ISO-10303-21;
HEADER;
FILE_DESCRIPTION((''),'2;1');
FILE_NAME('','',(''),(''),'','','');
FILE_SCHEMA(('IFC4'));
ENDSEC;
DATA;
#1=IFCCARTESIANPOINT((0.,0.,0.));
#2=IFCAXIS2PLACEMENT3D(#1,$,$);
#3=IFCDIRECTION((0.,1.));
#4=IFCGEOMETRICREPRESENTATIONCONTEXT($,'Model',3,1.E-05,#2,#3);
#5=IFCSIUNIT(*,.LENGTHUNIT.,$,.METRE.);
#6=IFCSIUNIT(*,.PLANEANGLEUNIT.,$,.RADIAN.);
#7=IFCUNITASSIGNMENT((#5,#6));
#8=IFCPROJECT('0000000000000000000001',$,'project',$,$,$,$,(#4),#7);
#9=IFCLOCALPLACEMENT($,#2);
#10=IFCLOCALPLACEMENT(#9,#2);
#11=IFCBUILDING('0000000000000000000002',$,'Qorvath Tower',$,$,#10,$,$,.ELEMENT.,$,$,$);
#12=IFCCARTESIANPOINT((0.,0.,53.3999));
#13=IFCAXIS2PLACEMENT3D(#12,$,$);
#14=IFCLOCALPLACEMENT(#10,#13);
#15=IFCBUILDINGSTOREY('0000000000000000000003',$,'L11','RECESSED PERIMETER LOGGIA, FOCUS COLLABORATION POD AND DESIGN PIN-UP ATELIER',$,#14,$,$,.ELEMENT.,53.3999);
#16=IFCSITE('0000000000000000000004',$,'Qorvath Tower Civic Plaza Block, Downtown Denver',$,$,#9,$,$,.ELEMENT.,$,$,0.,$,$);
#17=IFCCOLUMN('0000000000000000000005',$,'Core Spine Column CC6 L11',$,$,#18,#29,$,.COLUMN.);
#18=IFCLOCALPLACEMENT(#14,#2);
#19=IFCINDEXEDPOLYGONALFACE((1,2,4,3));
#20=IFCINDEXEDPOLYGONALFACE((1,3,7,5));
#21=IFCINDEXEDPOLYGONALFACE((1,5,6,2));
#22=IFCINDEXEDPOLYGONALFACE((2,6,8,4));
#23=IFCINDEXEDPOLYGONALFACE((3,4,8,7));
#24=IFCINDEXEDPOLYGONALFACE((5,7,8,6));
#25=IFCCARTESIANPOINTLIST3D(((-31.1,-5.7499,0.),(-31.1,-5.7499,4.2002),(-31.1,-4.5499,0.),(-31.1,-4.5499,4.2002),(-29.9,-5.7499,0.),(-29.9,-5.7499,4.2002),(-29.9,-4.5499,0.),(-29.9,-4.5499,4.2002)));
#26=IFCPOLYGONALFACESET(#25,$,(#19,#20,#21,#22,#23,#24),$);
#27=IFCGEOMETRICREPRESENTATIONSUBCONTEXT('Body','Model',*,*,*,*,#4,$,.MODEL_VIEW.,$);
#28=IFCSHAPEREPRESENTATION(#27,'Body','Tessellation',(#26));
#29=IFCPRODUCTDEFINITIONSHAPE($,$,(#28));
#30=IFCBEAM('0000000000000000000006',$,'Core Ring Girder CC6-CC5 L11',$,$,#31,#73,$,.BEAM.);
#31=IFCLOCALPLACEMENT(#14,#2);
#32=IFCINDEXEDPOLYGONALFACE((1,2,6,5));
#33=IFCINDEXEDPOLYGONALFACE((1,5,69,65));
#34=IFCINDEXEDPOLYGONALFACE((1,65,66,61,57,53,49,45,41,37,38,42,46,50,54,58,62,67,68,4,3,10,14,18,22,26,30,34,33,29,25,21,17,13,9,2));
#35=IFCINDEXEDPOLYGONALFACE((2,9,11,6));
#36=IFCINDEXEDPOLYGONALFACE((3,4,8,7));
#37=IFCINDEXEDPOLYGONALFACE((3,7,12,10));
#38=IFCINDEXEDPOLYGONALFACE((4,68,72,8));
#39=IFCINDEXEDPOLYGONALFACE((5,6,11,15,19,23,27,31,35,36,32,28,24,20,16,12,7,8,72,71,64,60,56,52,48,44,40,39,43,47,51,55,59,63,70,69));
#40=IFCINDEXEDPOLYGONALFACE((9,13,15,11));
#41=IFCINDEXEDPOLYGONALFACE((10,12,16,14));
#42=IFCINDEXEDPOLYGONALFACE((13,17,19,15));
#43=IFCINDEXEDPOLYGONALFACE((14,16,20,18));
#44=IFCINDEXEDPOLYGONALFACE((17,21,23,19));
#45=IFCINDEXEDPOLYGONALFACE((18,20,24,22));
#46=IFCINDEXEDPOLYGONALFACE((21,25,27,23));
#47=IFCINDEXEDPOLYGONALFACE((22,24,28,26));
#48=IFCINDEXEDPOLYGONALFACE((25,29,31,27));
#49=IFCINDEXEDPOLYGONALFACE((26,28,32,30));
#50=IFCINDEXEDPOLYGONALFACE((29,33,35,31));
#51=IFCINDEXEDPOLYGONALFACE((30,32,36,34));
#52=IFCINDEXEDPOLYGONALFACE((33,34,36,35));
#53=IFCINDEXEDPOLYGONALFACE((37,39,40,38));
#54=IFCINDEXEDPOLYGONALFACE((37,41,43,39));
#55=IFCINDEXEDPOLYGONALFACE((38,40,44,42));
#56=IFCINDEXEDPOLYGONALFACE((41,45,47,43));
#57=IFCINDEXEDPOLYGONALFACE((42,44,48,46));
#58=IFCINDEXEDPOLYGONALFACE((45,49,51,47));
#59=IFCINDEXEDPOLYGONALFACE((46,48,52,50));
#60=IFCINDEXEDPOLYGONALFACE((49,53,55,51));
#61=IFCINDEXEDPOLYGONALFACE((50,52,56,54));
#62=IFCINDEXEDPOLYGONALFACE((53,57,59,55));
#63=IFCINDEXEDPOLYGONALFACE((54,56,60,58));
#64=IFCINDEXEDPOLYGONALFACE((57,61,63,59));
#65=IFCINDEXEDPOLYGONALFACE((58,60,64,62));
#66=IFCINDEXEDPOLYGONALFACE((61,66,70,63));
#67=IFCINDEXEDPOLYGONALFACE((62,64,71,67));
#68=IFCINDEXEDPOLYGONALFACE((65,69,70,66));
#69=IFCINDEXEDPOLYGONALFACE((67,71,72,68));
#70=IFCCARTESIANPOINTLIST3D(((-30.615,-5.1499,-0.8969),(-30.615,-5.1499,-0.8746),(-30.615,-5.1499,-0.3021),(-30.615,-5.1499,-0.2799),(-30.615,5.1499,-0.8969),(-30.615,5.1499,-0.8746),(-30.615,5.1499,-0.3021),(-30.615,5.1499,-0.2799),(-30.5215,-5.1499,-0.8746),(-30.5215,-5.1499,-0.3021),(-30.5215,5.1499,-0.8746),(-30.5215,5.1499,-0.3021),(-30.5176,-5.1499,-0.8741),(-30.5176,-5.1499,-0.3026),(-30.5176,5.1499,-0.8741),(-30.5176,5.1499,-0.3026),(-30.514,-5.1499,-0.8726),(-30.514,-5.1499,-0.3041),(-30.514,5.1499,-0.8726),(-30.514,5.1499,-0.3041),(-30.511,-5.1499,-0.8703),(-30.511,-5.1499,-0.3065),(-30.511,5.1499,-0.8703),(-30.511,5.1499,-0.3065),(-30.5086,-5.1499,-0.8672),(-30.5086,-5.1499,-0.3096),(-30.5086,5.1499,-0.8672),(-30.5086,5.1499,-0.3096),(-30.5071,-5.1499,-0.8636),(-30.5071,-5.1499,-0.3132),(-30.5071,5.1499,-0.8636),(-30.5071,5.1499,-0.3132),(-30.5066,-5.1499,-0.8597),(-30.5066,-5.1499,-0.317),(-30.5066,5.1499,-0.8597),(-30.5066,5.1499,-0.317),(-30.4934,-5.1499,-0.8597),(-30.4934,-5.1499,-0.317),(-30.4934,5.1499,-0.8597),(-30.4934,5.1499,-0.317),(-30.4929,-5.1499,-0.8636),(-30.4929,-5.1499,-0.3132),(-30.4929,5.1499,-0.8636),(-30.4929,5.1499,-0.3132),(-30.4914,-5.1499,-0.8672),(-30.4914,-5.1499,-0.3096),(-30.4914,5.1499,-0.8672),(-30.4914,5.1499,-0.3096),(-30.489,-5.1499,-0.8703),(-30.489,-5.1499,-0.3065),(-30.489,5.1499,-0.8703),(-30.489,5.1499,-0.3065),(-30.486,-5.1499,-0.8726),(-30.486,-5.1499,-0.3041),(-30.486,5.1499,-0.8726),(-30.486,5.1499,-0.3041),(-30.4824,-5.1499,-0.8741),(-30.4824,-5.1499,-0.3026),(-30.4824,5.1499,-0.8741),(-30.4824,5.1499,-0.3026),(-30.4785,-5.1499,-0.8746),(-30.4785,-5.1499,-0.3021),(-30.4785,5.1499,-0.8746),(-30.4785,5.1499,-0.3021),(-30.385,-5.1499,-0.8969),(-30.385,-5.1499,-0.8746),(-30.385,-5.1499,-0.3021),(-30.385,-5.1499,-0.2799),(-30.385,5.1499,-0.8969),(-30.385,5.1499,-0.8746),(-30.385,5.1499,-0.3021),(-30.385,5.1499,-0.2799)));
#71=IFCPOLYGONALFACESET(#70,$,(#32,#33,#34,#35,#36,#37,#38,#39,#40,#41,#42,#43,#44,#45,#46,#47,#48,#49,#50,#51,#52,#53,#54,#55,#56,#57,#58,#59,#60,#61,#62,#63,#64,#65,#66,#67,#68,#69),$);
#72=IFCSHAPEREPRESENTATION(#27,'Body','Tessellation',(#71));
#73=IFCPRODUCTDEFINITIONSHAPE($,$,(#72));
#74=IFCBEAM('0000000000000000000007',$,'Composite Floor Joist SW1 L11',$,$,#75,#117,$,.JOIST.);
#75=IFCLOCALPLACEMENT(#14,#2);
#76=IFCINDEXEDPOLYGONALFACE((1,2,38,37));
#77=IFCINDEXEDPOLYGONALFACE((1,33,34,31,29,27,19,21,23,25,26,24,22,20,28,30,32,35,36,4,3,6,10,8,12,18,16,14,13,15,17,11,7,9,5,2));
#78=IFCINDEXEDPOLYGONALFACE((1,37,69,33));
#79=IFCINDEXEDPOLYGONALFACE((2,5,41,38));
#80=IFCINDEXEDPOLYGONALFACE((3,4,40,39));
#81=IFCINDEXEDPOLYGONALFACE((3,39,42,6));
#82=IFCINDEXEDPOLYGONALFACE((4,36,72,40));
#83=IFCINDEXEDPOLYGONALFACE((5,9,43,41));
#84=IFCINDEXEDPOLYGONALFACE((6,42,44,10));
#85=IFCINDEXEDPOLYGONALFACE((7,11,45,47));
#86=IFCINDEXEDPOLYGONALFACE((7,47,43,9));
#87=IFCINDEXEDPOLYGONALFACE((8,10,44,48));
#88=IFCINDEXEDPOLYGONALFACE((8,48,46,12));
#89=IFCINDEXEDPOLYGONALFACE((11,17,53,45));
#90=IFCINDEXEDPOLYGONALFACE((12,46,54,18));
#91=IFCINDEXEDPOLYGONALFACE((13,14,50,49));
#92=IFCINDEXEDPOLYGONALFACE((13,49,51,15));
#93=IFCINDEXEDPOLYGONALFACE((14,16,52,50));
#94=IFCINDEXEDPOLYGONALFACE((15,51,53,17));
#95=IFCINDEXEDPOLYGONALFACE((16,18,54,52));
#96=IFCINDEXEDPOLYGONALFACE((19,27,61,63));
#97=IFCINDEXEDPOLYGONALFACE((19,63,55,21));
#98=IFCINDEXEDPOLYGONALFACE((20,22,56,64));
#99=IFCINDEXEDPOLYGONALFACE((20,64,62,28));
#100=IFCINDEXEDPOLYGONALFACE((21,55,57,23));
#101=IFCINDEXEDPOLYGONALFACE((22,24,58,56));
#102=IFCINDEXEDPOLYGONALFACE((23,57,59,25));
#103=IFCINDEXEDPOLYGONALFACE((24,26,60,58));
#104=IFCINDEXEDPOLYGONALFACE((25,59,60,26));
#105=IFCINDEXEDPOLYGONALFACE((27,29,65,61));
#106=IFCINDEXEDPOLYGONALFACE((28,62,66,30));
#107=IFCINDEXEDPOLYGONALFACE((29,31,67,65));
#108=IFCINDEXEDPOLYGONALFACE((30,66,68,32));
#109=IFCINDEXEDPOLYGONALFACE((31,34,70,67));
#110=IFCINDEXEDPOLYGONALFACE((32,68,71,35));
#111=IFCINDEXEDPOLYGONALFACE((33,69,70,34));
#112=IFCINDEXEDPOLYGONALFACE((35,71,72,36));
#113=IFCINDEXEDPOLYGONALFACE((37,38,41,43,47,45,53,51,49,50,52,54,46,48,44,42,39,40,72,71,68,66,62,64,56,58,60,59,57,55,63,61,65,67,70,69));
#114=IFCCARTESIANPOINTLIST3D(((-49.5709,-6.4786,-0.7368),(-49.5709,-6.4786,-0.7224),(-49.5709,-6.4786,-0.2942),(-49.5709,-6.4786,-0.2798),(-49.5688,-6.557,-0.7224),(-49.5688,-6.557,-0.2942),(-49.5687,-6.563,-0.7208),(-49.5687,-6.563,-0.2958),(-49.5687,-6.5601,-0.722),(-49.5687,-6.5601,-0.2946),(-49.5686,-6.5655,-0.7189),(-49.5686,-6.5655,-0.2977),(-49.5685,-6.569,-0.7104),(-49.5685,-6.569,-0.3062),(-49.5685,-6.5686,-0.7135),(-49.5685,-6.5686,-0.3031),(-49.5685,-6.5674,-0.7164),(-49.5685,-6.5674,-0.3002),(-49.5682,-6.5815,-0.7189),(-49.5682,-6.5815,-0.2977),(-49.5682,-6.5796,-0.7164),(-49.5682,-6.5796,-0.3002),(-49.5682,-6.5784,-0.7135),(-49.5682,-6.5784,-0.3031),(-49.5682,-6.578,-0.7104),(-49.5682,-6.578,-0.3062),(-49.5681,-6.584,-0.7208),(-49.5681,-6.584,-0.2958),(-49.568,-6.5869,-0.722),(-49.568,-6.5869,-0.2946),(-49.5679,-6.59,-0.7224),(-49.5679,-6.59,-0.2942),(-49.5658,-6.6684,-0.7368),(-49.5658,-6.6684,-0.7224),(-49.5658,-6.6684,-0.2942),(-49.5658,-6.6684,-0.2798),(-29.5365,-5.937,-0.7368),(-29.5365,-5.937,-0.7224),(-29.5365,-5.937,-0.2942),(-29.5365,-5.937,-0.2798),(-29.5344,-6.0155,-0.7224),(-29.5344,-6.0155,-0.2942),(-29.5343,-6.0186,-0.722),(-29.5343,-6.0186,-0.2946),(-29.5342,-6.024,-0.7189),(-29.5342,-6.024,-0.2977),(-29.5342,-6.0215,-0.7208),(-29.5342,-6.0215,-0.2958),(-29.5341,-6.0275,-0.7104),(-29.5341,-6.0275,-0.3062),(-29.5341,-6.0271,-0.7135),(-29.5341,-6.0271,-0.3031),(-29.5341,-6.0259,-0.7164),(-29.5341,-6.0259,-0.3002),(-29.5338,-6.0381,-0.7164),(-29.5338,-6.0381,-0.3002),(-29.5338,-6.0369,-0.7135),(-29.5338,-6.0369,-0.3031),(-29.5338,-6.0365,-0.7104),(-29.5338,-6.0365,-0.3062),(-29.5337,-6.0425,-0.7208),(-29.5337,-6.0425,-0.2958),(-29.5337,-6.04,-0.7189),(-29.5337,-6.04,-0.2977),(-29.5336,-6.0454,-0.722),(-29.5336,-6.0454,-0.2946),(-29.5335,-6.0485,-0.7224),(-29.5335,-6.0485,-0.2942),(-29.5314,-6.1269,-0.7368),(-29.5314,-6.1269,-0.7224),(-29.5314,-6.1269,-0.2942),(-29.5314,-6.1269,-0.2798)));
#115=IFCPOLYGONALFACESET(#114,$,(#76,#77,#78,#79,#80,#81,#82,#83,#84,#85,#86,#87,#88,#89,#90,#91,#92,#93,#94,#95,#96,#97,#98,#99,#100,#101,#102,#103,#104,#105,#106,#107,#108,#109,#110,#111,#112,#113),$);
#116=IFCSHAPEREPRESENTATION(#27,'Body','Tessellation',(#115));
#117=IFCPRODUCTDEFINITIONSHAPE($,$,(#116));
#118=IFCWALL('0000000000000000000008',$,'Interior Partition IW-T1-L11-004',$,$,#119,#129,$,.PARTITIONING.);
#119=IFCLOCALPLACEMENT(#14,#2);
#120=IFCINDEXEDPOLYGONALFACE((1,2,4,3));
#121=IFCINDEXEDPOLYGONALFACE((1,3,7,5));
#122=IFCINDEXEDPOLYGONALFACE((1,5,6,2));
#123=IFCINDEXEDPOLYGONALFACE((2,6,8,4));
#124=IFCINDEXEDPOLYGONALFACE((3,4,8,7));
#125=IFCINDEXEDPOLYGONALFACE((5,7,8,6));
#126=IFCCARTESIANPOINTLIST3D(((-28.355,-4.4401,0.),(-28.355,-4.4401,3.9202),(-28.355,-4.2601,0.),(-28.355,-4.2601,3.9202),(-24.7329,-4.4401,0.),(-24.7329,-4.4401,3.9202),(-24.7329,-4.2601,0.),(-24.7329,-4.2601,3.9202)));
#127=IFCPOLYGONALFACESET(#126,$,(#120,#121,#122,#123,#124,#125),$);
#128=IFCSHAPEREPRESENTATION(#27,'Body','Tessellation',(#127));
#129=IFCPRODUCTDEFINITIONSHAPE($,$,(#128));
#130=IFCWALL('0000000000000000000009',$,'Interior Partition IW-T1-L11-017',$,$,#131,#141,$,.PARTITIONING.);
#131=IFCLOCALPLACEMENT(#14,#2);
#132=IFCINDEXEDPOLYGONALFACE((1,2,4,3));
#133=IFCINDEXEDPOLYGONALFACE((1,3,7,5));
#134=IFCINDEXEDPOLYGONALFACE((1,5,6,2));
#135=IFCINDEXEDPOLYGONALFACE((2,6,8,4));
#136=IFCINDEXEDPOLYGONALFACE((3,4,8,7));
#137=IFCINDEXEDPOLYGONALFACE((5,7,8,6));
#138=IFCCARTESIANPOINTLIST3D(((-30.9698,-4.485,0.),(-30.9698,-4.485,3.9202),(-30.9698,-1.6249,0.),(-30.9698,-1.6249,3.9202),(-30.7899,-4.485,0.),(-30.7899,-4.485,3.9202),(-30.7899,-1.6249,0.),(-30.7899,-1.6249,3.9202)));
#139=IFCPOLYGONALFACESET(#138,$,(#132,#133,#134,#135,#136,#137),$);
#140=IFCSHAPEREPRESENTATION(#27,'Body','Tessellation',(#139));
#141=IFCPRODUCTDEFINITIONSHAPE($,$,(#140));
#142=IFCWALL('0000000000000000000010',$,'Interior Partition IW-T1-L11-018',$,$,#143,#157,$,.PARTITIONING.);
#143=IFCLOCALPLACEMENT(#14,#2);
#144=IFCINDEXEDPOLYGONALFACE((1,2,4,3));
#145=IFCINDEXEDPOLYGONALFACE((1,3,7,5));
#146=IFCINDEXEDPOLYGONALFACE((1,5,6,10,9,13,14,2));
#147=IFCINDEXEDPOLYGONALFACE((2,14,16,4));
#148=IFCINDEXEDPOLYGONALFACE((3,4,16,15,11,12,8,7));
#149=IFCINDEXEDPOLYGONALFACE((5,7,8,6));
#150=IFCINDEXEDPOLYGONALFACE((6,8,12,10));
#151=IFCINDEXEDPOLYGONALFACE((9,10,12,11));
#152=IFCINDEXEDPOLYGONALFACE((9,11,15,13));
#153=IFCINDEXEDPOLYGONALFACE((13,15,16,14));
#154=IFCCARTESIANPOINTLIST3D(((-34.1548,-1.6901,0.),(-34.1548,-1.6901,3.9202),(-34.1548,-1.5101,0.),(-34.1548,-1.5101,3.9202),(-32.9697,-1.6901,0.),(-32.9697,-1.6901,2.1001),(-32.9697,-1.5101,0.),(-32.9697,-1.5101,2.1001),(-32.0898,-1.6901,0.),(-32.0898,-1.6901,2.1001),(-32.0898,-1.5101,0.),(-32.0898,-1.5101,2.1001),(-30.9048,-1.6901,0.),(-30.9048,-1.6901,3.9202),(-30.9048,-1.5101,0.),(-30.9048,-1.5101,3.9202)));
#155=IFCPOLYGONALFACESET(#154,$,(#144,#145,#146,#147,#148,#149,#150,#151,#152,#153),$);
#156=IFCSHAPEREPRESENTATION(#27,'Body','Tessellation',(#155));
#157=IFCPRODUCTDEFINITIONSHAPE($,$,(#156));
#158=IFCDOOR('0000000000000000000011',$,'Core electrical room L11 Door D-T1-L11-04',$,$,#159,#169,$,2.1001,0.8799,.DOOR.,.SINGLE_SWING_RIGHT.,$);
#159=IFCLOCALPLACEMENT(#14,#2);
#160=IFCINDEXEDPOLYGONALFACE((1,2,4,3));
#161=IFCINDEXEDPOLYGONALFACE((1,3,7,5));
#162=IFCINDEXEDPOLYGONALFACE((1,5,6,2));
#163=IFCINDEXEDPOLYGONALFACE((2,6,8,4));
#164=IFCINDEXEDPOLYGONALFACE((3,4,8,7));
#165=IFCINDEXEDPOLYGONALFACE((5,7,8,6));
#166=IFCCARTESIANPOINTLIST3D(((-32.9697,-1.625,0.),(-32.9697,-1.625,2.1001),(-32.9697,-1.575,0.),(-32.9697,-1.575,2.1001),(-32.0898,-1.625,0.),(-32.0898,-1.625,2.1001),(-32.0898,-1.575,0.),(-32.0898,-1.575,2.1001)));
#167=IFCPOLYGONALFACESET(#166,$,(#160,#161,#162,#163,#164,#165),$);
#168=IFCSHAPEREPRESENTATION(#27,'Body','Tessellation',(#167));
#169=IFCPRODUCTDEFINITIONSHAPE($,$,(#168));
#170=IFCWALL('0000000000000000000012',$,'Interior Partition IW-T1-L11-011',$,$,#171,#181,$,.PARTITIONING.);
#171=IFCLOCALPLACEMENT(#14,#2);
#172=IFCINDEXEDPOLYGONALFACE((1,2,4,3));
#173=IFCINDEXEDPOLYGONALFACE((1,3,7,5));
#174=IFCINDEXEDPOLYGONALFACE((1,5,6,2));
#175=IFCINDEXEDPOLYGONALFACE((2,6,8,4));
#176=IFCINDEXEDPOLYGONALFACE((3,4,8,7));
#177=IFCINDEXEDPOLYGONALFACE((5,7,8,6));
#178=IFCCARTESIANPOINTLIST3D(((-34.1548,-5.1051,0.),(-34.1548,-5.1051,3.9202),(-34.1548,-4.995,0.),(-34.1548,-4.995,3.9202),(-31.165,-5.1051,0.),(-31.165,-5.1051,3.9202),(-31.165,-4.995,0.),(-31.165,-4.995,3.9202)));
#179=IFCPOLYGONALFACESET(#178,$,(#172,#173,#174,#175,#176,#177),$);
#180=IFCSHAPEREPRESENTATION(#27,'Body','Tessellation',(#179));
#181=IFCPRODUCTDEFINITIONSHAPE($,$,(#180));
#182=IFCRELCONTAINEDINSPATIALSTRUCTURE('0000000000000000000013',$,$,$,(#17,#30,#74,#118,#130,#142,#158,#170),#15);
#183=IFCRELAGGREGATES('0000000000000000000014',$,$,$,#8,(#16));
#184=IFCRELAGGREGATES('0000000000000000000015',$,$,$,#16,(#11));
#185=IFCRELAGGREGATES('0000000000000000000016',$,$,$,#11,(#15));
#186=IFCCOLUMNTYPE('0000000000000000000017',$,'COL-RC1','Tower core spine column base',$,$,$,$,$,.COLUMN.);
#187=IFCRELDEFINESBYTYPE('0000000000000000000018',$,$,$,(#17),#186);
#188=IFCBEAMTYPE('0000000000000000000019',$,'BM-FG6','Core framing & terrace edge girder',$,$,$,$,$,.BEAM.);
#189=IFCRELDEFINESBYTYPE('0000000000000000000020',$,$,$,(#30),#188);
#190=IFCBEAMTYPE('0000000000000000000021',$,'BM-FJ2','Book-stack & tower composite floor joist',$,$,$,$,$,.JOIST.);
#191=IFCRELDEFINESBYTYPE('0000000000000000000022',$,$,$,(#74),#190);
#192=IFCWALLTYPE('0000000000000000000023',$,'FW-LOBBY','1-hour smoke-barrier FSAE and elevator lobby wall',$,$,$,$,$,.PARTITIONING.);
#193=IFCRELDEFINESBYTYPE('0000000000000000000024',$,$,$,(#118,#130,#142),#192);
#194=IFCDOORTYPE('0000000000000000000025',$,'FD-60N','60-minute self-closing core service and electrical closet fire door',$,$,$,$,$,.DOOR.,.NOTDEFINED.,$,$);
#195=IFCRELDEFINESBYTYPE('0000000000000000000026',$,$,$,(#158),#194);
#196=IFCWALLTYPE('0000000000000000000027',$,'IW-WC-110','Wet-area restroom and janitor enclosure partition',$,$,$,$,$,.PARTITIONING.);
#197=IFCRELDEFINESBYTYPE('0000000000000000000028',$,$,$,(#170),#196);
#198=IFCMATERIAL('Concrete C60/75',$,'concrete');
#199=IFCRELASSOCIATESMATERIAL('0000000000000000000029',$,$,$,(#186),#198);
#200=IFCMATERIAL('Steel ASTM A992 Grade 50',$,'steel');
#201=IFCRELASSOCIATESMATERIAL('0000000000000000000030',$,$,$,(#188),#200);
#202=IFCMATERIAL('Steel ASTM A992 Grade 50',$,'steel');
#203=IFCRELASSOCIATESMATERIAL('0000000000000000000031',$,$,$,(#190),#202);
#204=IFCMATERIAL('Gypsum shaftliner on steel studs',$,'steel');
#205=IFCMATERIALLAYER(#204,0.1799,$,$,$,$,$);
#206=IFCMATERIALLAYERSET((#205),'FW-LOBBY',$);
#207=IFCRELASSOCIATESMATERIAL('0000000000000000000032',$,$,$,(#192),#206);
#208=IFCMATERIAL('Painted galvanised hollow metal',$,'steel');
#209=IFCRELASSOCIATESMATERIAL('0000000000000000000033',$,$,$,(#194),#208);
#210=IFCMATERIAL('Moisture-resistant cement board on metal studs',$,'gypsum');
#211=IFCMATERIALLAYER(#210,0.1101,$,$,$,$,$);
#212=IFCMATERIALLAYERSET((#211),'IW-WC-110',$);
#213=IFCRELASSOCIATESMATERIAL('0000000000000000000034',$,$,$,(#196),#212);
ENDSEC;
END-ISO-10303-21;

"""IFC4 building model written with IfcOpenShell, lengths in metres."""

from ifc_helpers import new_model, si_unit, direction, frame, frame_2d, origin, origin_2d, place, context, subcontext, project, spatial, rectangle, i_section, extrude, material, layer, layer_set, material_profile, profile_set, type_object, element, fill, save


model = new_model("IFC4")

# Units and contexts
model_context = context("Model", 3, precision=1e-05, world=origin(), true_north=direction((0.0, 1.0)))
body_context = subcontext(model_context, "Body", "Model", "MODEL_VIEW")
ifc_project = project(units=[si_unit("LENGTHUNIT", "METRE"), si_unit("PLANEANGLEUNIT", "RADIAN")], contexts=[model_context])

# Site, building, storey
site_placement = place(None, origin())
site = spatial("IfcSite", under=ifc_project, at=site_placement, Name="Qorvath Tower Civic Plaza Block, Downtown Denver", CompositionType="ELEMENT", RefElevation=0.0)
building_placement = place(site_placement, origin())
building = spatial("IfcBuilding", under=site, at=building_placement, Name="Qorvath Tower", CompositionType="ELEMENT")
storey_placement = place(building_placement, frame((0.0, 0.0, 53.3999)))
storey = spatial("IfcBuildingStorey", under=building, at=storey_placement, Name="L11", Description="RECESSED PERIMETER LOGGIA, FOCUS COLLABORATION POD AND DESIGN PIN-UP ATELIER", CompositionType="ELEMENT", Elevation=53.3999)

# Column
ifc_material_1 = material(Name="Concrete C60/75", Category="concrete")
ifc_material_profile_1 = material_profile(ifc_material_1, rectangle(XDim=1.2, YDim=1.2, at=origin_2d()), Name="RC 1200x1200")
ifc_profile_set_1 = profile_set([ifc_material_profile_1], Name="Concrete C60/75")
column_type = type_object("IfcColumnType", Name="COL-RC1", Description="Tower core spine column base", PredefinedType="COLUMN", material=ifc_profile_set_1)
column_placement = place(storey_placement, frame((-30.5, -5.1499, 0.0), z_axis=(0.0, 0.0, 1.0), x_axis=(1.0, 0.0, 0.0)))
element("IfcColumn", 1, at=column_placement, inside=storey, type_object=column_type, Name="Core Spine Column CC6 L11", PredefinedType="COLUMN", context=body_context, shape_type="SweptSolid", body=[
    extrude(rectangle(XDim=1.2, YDim=1.2, at=origin_2d()), origin(), (0.0, 0.0, 1.0), 4.2002),
])

# Beams
ifc_material_2 = material(Name="Steel ASTM A992 Grade 50", Category="steel")
ifc_material_profile_2 = material_profile(ifc_material_2, i_section(OverallWidth=0.23, OverallDepth=0.6169, WebThickness=0.0132, FlangeThickness=0.0222, FilletRadius=0.0149, at=origin_2d()), Name="W24x94")
ifc_profile_set_2 = profile_set([ifc_material_profile_2], Name="Steel ASTM A992 Grade 50")
beam_type_1 = type_object("IfcBeamType", Name="BM-FG6", Description="Core framing & terrace edge girder", PredefinedType="BEAM", material=ifc_profile_set_2)
beam_1_placement = place(storey_placement, frame((-30.5, -5.1499, -0.5884), z_axis=(0.0, 1.0, 0.0), x_axis=(-1.0, 0.0, 0.0)))
element("IfcBeam", 2, at=beam_1_placement, inside=storey, type_object=beam_type_1, Name="Core Ring Girder CC6-CC5 L11", PredefinedType="BEAM", context=body_context, shape_type="SweptSolid", body=[
    extrude(i_section(OverallWidth=0.23, OverallDepth=0.6169, WebThickness=0.0132, FlangeThickness=0.0222, FilletRadius=0.0149, at=origin_2d()), origin(), (0.0, 0.0, 1.0), 10.2998),
])
ifc_material_3 = material(Name="Steel ASTM A992 Grade 50", Category="steel")
ifc_material_profile_3 = material_profile(ifc_material_3, i_section(OverallWidth=0.1899, OverallDepth=0.457, WebThickness=0.009, FlangeThickness=0.0144, FilletRadius=0.012, at=origin_2d()), Name="W18x50")
ifc_profile_set_3 = profile_set([ifc_material_profile_3], Name="Steel ASTM A992 Grade 50")
beam_type_2 = type_object("IfcBeamType", Name="BM-FJ2", Description="Book-stack & tower composite floor joist", PredefinedType="JOIST", material=ifc_profile_set_3)
beam_2_placement = place(storey_placement, frame((-29.5339, -6.032, -0.5083), z_axis=(-0.999635, -0.027019, 0.0), x_axis=(0.027019, -0.999635, 0.0)))
element("IfcBeam", 3, at=beam_2_placement, inside=storey, type_object=beam_type_2, Name="Composite Floor Joist SW1 L11", PredefinedType="JOIST", context=body_context, shape_type="SweptSolid", body=[
    extrude(i_section(OverallWidth=0.1899, OverallDepth=0.457, WebThickness=0.009, FlangeThickness=0.0144, FilletRadius=0.012, at=origin_2d()), origin(), (0.0, 0.0, 1.0), 20.0417),
])

# Walls
ifc_material_4 = material(Name="Gypsum shaftliner on steel studs", Category="steel")
ifc_layer_1 = layer(ifc_material_4, 0.1799)
ifc_layer_set_1 = layer_set([ifc_layer_1], Name="FW-LOBBY")
wall_type_1 = type_object("IfcWallType", Name="FW-LOBBY", Description="1-hour smoke-barrier FSAE and elevator lobby wall", PredefinedType="PARTITIONING", material=ifc_layer_set_1)
wall_1_placement = place(storey_placement, frame((-24.7329, -4.3501, 0.0), z_axis=(0.0, 0.0, 1.0), x_axis=(-1.0, 0.0, 0.0)))
element("IfcWall", 4, at=wall_1_placement, inside=storey, type_object=wall_type_1, Name="Interior Partition IW-T1-L11-004", PredefinedType="PARTITIONING", context=body_context, shape_type="SweptSolid", body=[
    extrude(rectangle(XDim=3.6221, YDim=0.1799, at=frame_2d((1.811, 0.0))), origin(), (0.0, 0.0, 1.0), 3.9202),
])
wall_2_placement = place(storey_placement, frame((-30.8799, -4.4851, 0.0), z_axis=(0.0, 0.0, 1.0), x_axis=(0.0, 1.0, 0.0)))
element("IfcWall", 5, at=wall_2_placement, inside=storey, type_object=wall_type_1, Name="Interior Partition IW-T1-L11-017", PredefinedType="PARTITIONING", context=body_context, shape_type="SweptSolid", body=[
    extrude(rectangle(XDim=2.8601, YDim=0.1799, at=frame_2d((1.4302, 0.0))), origin(), (0.0, 0.0, 1.0), 3.9202),
])

# Wall, opening, door
wall_3_placement = place(storey_placement, frame((-30.9048, -1.6001, 0.0), z_axis=(0.0, 0.0, 1.0), x_axis=(-1.0, 0.0, 0.0)))
wall_3 = element("IfcWall", 6, at=wall_3_placement, inside=storey, type_object=wall_type_1, Name="Interior Partition IW-T1-L11-018", PredefinedType="PARTITIONING", context=body_context, shape_type="SweptSolid", body=[
    extrude(rectangle(XDim=3.25, YDim=0.1799, at=frame_2d((1.625, 0.0))), origin(), (0.0, 0.0, 1.0), 3.9202),
])
opening_1_placement = place(wall_3_placement, frame((1.1851, 0.0, 0.0)))
opening_1 = element("IfcOpeningElement", 7, at=opening_1_placement, cuts=wall_3, PredefinedType="OPENING", context=body_context, shape_type="SweptSolid", body=[
    extrude(rectangle(XDim=0.8799, YDim=2.1001, at=frame_2d((0.4399, 1.05))), frame((0.0, 0.1001, 0.0), z_axis=(0.0, -1.0, 0.0), x_axis=(1.0, 0.0, 0.0)), (0.0, 0.0, 1.0), 0.2),
])
ifc_material_5 = material(Name="Painted galvanised hollow metal", Category="steel")
door_type_1 = type_object("IfcDoorType", Name="FD-60N", Description="60-minute self-closing core service and electrical closet fire door", OperationType="NOTDEFINED", PredefinedType="DOOR", material=ifc_material_5)
door_1_placement = place(opening_1_placement, origin())
door_1 = element("IfcDoor", 8, at=door_1_placement, inside=storey, type_object=door_type_1, Name="Core electrical room L11 Door D-T1-L11-04", OperationType="SINGLE_SWING_RIGHT", OverallHeight=2.1001, OverallWidth=0.8799, PredefinedType="DOOR", context=body_context, shape_type="SweptSolid", body=[
    extrude(rectangle(XDim=0.8799, YDim=2.1001, at=frame_2d((0.4399, 1.05))), frame((0.0, 0.0249, 0.0), z_axis=(0.0, -1.0, 0.0), x_axis=(1.0, 0.0, 0.0)), (0.0, 0.0, 1.0), 0.05),
])
fill(opening_1, door_1)

# Wall
ifc_material_6 = material(Name="Moisture-resistant cement board on metal studs", Category="gypsum")
ifc_layer_2 = layer(ifc_material_6, 0.1101)
ifc_layer_set_2 = layer_set([ifc_layer_2], Name="IW-WC-110")
wall_type_2 = type_object("IfcWallType", Name="IW-WC-110", Description="Wet-area restroom and janitor enclosure partition", PredefinedType="PARTITIONING", material=ifc_layer_set_2)
wall_4_placement = place(storey_placement, frame((-31.165, -5.05, 0.0), z_axis=(0.0, 0.0, 1.0), x_axis=(-1.0, 0.0, 0.0)))
element("IfcWall", 9, at=wall_4_placement, inside=storey, type_object=wall_type_2, Name="Interior Partition IW-T1-L11-011", PredefinedType="PARTITIONING", context=body_context, shape_type="SweptSolid", body=[
    extrude(rectangle(XDim=2.9897, YDim=0.1101, at=frame_2d((1.4949, 0.0))), origin(), (0.0, 0.0, 1.0), 3.9202),
])

save(model, "model.ifc")
